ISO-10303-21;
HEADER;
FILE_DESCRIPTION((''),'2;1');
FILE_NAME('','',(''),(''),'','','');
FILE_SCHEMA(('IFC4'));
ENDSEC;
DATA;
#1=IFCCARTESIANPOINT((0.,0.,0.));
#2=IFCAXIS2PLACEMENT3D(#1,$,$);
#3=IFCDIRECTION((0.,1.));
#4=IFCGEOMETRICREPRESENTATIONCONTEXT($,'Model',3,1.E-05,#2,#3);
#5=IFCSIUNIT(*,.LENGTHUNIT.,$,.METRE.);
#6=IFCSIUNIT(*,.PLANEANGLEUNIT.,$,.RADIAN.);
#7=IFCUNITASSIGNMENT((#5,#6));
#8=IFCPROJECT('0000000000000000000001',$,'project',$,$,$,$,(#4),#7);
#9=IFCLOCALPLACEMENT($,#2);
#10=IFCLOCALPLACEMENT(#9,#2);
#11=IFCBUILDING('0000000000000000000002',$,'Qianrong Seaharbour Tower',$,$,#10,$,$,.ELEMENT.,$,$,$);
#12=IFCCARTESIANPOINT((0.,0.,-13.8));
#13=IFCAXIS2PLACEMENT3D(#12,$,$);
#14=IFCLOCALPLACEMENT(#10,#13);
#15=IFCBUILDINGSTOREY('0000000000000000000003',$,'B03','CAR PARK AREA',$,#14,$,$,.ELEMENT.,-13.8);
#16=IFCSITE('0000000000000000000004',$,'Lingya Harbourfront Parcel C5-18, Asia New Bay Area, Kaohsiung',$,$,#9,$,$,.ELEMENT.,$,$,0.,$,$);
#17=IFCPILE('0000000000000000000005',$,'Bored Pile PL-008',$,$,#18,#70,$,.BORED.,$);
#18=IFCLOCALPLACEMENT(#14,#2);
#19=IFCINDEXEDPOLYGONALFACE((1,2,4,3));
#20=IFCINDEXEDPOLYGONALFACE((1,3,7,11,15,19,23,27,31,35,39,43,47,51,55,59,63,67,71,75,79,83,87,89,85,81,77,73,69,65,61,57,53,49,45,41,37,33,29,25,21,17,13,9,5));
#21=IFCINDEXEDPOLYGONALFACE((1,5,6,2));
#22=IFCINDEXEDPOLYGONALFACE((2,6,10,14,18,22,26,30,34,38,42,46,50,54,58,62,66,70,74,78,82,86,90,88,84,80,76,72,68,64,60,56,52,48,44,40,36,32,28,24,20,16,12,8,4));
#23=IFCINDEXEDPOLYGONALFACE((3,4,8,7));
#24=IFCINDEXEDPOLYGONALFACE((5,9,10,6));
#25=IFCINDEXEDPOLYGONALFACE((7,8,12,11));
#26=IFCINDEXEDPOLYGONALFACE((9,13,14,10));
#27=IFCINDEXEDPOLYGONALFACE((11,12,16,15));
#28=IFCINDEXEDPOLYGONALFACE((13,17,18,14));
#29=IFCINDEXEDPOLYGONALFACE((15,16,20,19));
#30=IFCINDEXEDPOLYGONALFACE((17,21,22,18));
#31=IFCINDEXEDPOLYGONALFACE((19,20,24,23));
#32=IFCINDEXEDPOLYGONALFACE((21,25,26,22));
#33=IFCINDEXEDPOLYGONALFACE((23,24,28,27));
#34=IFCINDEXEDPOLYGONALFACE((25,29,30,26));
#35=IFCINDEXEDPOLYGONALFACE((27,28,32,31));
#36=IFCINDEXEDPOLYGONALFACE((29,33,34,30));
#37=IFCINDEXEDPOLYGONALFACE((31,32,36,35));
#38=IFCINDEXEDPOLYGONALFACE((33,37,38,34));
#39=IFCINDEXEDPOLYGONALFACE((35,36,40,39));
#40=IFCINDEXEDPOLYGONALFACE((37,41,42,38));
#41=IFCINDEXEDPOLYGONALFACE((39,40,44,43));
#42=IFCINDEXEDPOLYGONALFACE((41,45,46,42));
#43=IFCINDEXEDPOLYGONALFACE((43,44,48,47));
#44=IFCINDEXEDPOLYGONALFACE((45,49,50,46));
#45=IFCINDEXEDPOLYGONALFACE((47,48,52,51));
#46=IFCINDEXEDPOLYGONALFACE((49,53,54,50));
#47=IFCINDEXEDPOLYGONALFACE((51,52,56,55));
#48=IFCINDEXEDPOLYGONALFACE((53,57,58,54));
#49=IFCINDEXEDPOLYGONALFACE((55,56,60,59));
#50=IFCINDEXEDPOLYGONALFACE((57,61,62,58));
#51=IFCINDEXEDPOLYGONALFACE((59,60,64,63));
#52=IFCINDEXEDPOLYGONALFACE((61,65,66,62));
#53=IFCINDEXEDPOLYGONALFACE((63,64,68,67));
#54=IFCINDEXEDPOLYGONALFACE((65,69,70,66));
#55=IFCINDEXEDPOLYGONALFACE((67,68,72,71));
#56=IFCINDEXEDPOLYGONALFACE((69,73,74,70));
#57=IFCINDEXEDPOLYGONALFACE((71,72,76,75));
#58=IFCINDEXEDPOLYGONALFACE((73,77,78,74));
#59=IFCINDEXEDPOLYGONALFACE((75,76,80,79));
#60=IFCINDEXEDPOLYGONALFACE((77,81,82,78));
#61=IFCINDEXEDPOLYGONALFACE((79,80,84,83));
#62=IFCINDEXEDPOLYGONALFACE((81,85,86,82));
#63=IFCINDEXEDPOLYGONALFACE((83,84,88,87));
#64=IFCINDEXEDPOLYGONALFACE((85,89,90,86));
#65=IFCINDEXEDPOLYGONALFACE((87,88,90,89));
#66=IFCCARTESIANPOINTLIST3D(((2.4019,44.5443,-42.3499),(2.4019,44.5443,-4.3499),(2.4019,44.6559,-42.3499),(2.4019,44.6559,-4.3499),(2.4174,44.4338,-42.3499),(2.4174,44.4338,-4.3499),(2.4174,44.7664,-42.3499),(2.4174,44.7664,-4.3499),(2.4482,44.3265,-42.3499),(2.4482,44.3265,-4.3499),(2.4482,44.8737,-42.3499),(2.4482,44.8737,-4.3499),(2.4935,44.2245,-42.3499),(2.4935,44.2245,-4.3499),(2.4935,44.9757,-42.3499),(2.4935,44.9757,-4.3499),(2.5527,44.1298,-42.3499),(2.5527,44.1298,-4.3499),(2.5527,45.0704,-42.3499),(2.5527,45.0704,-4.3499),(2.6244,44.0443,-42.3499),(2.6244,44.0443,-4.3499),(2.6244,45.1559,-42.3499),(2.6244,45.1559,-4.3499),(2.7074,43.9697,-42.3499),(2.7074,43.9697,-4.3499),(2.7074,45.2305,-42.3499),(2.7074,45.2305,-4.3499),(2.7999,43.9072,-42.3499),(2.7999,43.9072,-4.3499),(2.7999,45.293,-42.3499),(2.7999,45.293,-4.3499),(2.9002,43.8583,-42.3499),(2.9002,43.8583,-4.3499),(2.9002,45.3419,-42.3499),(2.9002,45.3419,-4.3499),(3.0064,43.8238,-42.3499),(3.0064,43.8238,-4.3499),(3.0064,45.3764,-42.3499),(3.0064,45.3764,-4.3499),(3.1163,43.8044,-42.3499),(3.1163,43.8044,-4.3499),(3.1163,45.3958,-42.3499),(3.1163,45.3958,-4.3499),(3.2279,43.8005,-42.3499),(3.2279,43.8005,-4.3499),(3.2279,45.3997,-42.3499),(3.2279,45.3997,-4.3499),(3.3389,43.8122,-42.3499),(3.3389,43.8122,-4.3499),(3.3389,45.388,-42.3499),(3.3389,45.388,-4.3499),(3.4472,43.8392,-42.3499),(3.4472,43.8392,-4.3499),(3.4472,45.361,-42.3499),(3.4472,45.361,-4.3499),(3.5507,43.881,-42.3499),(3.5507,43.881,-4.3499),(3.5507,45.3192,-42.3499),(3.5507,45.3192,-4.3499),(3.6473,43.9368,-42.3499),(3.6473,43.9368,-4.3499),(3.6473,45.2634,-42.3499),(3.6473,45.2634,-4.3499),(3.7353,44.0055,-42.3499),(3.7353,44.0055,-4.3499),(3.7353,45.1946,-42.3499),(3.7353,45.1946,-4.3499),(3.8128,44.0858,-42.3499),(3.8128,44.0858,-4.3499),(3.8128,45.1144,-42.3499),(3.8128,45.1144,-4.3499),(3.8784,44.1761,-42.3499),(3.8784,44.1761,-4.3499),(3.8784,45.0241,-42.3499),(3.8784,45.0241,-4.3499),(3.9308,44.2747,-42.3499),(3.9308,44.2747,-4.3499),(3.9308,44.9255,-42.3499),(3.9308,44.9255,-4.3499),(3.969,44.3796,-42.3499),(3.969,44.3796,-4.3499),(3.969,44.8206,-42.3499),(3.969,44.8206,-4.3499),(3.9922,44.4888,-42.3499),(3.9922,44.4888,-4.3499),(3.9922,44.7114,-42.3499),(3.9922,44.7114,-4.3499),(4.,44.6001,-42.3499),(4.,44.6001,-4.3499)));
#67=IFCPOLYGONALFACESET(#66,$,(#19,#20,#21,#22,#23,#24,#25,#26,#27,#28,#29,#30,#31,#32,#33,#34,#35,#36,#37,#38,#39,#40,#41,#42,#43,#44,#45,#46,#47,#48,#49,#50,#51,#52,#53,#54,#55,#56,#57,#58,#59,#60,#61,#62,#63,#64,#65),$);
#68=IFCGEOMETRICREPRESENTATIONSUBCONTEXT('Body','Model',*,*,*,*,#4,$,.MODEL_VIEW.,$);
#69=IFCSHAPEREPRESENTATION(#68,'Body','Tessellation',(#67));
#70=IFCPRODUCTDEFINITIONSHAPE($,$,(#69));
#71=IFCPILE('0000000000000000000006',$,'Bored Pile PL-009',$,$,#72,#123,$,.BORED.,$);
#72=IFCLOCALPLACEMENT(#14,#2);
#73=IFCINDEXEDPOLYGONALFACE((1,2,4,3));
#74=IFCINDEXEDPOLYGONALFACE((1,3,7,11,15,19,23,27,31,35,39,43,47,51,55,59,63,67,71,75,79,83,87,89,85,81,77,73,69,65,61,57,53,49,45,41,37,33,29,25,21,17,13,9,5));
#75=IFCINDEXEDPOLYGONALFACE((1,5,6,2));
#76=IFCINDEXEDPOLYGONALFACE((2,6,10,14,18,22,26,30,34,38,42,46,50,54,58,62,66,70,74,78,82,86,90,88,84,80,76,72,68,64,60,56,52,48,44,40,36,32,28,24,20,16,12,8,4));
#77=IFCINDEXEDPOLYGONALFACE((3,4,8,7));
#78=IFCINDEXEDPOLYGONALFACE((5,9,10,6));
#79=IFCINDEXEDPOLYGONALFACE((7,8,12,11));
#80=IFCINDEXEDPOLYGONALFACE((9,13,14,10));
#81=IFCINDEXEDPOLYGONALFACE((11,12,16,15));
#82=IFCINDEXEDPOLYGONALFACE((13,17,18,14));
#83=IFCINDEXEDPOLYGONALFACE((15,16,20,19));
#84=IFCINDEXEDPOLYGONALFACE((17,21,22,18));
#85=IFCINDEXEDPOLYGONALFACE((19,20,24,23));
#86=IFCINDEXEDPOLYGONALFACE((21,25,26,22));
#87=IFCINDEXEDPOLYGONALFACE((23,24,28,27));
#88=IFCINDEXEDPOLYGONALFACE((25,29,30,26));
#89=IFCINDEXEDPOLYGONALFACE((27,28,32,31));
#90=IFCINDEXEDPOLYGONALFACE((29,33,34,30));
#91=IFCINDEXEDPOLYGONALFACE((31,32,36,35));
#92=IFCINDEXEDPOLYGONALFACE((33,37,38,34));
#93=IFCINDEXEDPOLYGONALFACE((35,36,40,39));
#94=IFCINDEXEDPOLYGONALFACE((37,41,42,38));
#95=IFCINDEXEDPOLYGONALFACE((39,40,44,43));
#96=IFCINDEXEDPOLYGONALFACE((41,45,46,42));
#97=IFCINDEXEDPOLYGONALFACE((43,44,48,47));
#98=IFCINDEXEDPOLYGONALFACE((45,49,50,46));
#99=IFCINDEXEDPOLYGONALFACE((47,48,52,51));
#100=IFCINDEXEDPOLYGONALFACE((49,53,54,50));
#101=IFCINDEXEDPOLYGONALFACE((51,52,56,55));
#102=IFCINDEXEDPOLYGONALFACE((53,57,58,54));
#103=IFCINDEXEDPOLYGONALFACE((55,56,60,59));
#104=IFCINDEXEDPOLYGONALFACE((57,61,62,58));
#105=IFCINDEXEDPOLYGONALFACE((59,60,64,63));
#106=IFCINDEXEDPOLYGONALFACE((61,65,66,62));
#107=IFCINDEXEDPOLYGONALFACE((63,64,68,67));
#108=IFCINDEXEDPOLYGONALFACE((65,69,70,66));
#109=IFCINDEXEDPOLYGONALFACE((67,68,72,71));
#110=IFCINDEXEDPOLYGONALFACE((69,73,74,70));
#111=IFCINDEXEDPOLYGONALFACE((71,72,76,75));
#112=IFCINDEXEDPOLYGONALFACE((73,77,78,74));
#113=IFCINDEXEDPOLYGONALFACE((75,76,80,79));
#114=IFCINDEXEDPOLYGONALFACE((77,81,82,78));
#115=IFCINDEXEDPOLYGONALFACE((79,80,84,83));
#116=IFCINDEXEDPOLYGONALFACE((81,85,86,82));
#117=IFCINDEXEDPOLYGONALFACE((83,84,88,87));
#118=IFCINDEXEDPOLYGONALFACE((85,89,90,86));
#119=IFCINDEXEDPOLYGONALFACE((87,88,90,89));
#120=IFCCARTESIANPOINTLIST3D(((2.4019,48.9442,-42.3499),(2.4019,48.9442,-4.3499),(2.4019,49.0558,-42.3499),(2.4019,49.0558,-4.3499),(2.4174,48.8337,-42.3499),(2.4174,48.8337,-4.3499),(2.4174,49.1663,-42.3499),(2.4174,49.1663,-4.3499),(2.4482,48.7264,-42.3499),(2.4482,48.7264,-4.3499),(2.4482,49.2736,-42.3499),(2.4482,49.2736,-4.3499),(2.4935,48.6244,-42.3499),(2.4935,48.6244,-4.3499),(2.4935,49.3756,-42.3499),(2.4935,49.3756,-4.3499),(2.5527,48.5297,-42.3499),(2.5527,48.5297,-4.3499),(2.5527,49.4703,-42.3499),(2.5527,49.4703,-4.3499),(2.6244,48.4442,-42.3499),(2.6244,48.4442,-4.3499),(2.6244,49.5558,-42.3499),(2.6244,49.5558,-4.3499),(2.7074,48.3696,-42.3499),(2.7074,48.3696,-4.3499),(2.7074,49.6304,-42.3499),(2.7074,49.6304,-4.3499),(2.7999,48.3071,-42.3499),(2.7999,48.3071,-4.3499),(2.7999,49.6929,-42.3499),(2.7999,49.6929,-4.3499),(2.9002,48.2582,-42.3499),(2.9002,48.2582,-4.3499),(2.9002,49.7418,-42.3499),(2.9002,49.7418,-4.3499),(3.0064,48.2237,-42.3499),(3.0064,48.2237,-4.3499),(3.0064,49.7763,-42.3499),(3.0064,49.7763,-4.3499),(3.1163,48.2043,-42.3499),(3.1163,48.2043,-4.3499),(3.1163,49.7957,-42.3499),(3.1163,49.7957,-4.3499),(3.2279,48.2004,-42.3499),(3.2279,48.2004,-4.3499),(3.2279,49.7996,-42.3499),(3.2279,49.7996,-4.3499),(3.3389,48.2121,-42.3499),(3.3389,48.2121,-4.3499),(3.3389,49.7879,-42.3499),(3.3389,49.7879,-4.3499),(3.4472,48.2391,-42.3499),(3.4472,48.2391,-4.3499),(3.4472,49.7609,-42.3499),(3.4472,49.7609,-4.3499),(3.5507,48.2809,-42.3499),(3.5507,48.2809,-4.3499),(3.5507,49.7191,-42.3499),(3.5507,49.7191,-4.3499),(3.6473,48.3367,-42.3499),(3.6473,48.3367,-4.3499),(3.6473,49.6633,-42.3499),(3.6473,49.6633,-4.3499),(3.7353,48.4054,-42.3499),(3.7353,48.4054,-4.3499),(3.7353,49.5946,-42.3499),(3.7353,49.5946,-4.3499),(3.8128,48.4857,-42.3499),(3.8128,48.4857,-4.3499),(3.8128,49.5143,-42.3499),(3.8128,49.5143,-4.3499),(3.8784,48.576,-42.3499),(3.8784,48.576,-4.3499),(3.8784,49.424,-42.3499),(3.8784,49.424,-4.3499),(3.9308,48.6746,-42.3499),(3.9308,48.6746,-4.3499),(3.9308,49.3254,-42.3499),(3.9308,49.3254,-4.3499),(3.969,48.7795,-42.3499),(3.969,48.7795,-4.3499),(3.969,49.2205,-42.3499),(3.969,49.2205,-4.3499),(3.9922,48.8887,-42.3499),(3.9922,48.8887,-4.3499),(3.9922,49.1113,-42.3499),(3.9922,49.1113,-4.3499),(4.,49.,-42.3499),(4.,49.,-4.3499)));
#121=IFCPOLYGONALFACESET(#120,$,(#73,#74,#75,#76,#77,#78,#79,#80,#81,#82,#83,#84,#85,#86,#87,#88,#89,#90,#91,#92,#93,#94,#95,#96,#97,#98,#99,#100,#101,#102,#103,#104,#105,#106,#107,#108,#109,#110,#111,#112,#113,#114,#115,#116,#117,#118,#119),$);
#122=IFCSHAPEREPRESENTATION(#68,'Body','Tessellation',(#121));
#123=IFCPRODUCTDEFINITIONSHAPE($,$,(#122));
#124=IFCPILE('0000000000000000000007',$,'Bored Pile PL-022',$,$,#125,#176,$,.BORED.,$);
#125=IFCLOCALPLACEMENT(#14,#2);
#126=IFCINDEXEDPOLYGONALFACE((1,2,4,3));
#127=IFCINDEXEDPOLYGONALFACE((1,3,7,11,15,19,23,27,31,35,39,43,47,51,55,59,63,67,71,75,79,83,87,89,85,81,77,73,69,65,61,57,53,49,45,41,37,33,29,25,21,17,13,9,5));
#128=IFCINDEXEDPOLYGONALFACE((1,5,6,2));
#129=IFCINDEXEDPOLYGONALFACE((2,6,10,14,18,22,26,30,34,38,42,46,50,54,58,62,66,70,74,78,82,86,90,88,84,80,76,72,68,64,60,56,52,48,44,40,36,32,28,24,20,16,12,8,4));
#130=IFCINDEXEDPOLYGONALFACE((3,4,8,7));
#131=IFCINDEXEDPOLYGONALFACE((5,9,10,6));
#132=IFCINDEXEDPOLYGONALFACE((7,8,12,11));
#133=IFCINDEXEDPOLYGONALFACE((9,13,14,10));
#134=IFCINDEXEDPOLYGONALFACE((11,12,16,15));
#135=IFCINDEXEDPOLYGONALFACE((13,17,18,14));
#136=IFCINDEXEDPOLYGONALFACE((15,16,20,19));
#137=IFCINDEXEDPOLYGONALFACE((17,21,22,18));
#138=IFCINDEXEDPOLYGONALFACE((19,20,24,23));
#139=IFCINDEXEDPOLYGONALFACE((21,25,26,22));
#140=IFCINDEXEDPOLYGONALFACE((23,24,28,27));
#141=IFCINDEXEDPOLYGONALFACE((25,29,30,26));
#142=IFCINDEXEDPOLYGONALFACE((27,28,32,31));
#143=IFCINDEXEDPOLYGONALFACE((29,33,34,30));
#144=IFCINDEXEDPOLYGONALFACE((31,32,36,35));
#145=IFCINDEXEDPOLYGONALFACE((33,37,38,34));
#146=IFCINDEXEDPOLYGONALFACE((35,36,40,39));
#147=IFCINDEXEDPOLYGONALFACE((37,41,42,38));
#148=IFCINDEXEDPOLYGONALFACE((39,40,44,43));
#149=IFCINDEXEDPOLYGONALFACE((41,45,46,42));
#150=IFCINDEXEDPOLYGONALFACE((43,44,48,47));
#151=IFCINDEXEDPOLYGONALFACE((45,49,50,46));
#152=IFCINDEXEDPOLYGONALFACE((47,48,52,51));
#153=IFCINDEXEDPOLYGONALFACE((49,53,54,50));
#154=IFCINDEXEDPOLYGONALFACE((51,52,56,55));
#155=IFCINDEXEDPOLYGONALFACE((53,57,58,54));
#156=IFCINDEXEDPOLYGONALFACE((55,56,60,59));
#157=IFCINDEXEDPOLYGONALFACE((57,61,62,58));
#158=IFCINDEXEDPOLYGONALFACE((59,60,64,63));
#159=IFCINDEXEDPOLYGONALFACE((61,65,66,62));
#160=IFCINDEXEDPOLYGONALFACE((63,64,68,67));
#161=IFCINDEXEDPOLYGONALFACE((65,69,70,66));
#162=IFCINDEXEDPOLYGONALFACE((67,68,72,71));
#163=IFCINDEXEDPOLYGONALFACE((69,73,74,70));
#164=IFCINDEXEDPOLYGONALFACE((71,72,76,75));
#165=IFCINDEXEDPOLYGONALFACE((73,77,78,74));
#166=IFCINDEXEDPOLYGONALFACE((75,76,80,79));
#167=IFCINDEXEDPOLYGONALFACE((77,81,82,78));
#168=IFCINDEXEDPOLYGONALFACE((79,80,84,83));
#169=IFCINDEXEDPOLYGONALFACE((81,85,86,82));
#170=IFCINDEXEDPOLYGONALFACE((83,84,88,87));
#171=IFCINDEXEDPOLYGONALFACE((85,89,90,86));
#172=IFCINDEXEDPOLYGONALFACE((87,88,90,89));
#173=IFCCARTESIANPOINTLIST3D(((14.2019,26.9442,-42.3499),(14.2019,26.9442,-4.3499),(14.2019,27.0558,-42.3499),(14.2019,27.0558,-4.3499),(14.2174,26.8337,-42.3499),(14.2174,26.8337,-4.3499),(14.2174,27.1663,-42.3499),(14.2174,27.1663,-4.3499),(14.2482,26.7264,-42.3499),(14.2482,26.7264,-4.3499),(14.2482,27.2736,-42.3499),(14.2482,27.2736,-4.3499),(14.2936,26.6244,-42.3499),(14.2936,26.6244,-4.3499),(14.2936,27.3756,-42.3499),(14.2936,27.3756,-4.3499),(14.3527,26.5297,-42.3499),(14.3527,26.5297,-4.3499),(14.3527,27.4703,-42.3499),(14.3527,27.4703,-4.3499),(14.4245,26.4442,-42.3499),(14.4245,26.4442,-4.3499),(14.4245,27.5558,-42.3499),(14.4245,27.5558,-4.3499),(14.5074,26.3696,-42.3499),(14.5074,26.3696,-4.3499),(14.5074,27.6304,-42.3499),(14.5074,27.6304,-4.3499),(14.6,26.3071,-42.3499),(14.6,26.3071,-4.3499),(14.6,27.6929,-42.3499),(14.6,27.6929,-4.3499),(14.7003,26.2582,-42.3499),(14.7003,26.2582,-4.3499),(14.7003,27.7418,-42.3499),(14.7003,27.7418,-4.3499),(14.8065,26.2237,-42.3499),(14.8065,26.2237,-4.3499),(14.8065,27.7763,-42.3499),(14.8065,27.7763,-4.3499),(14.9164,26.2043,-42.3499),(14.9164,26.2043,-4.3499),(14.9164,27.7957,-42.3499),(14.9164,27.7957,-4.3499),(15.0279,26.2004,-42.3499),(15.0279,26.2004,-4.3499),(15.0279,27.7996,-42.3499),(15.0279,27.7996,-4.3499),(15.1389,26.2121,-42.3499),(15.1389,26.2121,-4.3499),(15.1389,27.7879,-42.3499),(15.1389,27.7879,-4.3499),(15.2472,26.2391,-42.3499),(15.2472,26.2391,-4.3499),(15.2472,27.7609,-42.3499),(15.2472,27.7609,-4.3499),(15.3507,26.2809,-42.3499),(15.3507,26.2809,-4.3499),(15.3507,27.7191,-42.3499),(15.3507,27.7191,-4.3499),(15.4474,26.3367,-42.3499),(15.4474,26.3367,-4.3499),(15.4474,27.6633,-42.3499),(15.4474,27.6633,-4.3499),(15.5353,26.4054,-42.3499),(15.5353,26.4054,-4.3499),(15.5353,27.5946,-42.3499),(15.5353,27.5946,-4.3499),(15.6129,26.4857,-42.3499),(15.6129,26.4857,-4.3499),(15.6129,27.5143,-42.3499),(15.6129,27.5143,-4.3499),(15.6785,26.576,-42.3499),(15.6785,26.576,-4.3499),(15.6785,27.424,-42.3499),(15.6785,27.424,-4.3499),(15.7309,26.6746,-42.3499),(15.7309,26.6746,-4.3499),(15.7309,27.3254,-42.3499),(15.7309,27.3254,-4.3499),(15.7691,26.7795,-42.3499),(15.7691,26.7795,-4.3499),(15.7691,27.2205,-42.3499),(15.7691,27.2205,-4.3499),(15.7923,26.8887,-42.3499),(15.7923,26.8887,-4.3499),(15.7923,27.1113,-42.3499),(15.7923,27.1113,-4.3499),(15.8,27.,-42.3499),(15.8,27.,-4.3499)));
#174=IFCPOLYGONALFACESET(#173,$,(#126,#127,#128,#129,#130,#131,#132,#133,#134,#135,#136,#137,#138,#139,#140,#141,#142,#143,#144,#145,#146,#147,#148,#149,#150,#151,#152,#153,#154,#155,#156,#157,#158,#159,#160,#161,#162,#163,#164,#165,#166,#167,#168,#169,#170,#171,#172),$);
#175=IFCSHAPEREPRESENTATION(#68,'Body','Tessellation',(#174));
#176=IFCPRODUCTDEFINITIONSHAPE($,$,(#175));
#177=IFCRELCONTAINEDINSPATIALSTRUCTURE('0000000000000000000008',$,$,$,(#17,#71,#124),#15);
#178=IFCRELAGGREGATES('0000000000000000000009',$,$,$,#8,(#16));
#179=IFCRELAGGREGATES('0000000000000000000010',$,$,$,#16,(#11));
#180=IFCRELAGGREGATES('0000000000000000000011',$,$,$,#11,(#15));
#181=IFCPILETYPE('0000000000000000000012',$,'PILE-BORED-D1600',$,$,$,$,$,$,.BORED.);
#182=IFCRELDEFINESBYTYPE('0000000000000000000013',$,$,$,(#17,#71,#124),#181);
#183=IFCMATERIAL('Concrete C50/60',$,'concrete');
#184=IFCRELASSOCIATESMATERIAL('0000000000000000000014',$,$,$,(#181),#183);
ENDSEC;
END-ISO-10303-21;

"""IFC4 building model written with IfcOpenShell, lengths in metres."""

from ifc_helpers import new_model, si_unit, direction, frame, origin, origin_2d, place, context, subcontext, project, spatial, circle, extrude, material, material_profile, profile_set, type_object, element, save


model = new_model("IFC4")

# Units and contexts
model_context = context("Model", 3, precision=1e-05, world=origin(), true_north=direction((0.0, 1.0)))
body_context = subcontext(model_context, "Body", "Model", "MODEL_VIEW")
ifc_project = project(units=[si_unit("LENGTHUNIT", "METRE"), si_unit("PLANEANGLEUNIT", "RADIAN")], contexts=[model_context])

# Site, building, storey
site_placement = place(None, origin())
site = spatial("IfcSite", under=ifc_project, at=site_placement, Name="Lingya Harbourfront Parcel C5-18, Asia New Bay Area, Kaohsiung", CompositionType="ELEMENT", RefElevation=0.0)
building_placement = place(site_placement, origin())
building = spatial("IfcBuilding", under=site, at=building_placement, Name="Qianrong Seaharbour Tower", CompositionType="ELEMENT")
storey_placement = place(building_placement, frame((0.0, 0.0, -13.8)))
storey = spatial("IfcBuildingStorey", under=building, at=storey_placement, Name="B03", Description="CAR PARK AREA", CompositionType="ELEMENT", Elevation=-13.8)

# Piles
ifc_material_1 = material(Name="Concrete C50/60", Category="concrete")
ifc_material_profile_1 = material_profile(ifc_material_1, circle(Radius=0.8, at=origin_2d()), Name="PILE-D1600")
ifc_profile_set_1 = profile_set([ifc_material_profile_1], Name="Concrete C50/60")
pile_type_1 = type_object("IfcPileType", Name="PILE-BORED-D1600", PredefinedType="BORED", material=ifc_profile_set_1)
for number, where, z_axis, x_axis, name in (
    (1, (3.2, 44.6001, -4.3499), (0.0, 0.0, -1.0), (1.0, 0.0, 0.0), "Bored Pile PL-008"),
    (2, (3.2, 49.0, -4.3499), (0.0, 0.0, -1.0), (1.0, 0.0, 0.0), "Bored Pile PL-009"),
    (3, (15.0, 27.0, -4.3499), (0.0, 0.0, -1.0), (1.0, 0.0, 0.0), "Bored Pile PL-022"),
):
    element("IfcPile", number, at=place(storey_placement, frame(where, z_axis=z_axis, x_axis=x_axis)), inside=storey, type_object=pile_type_1, Name=name, PredefinedType="BORED", context=body_context, shape_type="SweptSolid", body=[
        extrude(circle(Radius=0.8, at=origin_2d()), origin(), (0.0, 0.0, 1.0), 38.0),
    ])

save(model, "model.ifc")
